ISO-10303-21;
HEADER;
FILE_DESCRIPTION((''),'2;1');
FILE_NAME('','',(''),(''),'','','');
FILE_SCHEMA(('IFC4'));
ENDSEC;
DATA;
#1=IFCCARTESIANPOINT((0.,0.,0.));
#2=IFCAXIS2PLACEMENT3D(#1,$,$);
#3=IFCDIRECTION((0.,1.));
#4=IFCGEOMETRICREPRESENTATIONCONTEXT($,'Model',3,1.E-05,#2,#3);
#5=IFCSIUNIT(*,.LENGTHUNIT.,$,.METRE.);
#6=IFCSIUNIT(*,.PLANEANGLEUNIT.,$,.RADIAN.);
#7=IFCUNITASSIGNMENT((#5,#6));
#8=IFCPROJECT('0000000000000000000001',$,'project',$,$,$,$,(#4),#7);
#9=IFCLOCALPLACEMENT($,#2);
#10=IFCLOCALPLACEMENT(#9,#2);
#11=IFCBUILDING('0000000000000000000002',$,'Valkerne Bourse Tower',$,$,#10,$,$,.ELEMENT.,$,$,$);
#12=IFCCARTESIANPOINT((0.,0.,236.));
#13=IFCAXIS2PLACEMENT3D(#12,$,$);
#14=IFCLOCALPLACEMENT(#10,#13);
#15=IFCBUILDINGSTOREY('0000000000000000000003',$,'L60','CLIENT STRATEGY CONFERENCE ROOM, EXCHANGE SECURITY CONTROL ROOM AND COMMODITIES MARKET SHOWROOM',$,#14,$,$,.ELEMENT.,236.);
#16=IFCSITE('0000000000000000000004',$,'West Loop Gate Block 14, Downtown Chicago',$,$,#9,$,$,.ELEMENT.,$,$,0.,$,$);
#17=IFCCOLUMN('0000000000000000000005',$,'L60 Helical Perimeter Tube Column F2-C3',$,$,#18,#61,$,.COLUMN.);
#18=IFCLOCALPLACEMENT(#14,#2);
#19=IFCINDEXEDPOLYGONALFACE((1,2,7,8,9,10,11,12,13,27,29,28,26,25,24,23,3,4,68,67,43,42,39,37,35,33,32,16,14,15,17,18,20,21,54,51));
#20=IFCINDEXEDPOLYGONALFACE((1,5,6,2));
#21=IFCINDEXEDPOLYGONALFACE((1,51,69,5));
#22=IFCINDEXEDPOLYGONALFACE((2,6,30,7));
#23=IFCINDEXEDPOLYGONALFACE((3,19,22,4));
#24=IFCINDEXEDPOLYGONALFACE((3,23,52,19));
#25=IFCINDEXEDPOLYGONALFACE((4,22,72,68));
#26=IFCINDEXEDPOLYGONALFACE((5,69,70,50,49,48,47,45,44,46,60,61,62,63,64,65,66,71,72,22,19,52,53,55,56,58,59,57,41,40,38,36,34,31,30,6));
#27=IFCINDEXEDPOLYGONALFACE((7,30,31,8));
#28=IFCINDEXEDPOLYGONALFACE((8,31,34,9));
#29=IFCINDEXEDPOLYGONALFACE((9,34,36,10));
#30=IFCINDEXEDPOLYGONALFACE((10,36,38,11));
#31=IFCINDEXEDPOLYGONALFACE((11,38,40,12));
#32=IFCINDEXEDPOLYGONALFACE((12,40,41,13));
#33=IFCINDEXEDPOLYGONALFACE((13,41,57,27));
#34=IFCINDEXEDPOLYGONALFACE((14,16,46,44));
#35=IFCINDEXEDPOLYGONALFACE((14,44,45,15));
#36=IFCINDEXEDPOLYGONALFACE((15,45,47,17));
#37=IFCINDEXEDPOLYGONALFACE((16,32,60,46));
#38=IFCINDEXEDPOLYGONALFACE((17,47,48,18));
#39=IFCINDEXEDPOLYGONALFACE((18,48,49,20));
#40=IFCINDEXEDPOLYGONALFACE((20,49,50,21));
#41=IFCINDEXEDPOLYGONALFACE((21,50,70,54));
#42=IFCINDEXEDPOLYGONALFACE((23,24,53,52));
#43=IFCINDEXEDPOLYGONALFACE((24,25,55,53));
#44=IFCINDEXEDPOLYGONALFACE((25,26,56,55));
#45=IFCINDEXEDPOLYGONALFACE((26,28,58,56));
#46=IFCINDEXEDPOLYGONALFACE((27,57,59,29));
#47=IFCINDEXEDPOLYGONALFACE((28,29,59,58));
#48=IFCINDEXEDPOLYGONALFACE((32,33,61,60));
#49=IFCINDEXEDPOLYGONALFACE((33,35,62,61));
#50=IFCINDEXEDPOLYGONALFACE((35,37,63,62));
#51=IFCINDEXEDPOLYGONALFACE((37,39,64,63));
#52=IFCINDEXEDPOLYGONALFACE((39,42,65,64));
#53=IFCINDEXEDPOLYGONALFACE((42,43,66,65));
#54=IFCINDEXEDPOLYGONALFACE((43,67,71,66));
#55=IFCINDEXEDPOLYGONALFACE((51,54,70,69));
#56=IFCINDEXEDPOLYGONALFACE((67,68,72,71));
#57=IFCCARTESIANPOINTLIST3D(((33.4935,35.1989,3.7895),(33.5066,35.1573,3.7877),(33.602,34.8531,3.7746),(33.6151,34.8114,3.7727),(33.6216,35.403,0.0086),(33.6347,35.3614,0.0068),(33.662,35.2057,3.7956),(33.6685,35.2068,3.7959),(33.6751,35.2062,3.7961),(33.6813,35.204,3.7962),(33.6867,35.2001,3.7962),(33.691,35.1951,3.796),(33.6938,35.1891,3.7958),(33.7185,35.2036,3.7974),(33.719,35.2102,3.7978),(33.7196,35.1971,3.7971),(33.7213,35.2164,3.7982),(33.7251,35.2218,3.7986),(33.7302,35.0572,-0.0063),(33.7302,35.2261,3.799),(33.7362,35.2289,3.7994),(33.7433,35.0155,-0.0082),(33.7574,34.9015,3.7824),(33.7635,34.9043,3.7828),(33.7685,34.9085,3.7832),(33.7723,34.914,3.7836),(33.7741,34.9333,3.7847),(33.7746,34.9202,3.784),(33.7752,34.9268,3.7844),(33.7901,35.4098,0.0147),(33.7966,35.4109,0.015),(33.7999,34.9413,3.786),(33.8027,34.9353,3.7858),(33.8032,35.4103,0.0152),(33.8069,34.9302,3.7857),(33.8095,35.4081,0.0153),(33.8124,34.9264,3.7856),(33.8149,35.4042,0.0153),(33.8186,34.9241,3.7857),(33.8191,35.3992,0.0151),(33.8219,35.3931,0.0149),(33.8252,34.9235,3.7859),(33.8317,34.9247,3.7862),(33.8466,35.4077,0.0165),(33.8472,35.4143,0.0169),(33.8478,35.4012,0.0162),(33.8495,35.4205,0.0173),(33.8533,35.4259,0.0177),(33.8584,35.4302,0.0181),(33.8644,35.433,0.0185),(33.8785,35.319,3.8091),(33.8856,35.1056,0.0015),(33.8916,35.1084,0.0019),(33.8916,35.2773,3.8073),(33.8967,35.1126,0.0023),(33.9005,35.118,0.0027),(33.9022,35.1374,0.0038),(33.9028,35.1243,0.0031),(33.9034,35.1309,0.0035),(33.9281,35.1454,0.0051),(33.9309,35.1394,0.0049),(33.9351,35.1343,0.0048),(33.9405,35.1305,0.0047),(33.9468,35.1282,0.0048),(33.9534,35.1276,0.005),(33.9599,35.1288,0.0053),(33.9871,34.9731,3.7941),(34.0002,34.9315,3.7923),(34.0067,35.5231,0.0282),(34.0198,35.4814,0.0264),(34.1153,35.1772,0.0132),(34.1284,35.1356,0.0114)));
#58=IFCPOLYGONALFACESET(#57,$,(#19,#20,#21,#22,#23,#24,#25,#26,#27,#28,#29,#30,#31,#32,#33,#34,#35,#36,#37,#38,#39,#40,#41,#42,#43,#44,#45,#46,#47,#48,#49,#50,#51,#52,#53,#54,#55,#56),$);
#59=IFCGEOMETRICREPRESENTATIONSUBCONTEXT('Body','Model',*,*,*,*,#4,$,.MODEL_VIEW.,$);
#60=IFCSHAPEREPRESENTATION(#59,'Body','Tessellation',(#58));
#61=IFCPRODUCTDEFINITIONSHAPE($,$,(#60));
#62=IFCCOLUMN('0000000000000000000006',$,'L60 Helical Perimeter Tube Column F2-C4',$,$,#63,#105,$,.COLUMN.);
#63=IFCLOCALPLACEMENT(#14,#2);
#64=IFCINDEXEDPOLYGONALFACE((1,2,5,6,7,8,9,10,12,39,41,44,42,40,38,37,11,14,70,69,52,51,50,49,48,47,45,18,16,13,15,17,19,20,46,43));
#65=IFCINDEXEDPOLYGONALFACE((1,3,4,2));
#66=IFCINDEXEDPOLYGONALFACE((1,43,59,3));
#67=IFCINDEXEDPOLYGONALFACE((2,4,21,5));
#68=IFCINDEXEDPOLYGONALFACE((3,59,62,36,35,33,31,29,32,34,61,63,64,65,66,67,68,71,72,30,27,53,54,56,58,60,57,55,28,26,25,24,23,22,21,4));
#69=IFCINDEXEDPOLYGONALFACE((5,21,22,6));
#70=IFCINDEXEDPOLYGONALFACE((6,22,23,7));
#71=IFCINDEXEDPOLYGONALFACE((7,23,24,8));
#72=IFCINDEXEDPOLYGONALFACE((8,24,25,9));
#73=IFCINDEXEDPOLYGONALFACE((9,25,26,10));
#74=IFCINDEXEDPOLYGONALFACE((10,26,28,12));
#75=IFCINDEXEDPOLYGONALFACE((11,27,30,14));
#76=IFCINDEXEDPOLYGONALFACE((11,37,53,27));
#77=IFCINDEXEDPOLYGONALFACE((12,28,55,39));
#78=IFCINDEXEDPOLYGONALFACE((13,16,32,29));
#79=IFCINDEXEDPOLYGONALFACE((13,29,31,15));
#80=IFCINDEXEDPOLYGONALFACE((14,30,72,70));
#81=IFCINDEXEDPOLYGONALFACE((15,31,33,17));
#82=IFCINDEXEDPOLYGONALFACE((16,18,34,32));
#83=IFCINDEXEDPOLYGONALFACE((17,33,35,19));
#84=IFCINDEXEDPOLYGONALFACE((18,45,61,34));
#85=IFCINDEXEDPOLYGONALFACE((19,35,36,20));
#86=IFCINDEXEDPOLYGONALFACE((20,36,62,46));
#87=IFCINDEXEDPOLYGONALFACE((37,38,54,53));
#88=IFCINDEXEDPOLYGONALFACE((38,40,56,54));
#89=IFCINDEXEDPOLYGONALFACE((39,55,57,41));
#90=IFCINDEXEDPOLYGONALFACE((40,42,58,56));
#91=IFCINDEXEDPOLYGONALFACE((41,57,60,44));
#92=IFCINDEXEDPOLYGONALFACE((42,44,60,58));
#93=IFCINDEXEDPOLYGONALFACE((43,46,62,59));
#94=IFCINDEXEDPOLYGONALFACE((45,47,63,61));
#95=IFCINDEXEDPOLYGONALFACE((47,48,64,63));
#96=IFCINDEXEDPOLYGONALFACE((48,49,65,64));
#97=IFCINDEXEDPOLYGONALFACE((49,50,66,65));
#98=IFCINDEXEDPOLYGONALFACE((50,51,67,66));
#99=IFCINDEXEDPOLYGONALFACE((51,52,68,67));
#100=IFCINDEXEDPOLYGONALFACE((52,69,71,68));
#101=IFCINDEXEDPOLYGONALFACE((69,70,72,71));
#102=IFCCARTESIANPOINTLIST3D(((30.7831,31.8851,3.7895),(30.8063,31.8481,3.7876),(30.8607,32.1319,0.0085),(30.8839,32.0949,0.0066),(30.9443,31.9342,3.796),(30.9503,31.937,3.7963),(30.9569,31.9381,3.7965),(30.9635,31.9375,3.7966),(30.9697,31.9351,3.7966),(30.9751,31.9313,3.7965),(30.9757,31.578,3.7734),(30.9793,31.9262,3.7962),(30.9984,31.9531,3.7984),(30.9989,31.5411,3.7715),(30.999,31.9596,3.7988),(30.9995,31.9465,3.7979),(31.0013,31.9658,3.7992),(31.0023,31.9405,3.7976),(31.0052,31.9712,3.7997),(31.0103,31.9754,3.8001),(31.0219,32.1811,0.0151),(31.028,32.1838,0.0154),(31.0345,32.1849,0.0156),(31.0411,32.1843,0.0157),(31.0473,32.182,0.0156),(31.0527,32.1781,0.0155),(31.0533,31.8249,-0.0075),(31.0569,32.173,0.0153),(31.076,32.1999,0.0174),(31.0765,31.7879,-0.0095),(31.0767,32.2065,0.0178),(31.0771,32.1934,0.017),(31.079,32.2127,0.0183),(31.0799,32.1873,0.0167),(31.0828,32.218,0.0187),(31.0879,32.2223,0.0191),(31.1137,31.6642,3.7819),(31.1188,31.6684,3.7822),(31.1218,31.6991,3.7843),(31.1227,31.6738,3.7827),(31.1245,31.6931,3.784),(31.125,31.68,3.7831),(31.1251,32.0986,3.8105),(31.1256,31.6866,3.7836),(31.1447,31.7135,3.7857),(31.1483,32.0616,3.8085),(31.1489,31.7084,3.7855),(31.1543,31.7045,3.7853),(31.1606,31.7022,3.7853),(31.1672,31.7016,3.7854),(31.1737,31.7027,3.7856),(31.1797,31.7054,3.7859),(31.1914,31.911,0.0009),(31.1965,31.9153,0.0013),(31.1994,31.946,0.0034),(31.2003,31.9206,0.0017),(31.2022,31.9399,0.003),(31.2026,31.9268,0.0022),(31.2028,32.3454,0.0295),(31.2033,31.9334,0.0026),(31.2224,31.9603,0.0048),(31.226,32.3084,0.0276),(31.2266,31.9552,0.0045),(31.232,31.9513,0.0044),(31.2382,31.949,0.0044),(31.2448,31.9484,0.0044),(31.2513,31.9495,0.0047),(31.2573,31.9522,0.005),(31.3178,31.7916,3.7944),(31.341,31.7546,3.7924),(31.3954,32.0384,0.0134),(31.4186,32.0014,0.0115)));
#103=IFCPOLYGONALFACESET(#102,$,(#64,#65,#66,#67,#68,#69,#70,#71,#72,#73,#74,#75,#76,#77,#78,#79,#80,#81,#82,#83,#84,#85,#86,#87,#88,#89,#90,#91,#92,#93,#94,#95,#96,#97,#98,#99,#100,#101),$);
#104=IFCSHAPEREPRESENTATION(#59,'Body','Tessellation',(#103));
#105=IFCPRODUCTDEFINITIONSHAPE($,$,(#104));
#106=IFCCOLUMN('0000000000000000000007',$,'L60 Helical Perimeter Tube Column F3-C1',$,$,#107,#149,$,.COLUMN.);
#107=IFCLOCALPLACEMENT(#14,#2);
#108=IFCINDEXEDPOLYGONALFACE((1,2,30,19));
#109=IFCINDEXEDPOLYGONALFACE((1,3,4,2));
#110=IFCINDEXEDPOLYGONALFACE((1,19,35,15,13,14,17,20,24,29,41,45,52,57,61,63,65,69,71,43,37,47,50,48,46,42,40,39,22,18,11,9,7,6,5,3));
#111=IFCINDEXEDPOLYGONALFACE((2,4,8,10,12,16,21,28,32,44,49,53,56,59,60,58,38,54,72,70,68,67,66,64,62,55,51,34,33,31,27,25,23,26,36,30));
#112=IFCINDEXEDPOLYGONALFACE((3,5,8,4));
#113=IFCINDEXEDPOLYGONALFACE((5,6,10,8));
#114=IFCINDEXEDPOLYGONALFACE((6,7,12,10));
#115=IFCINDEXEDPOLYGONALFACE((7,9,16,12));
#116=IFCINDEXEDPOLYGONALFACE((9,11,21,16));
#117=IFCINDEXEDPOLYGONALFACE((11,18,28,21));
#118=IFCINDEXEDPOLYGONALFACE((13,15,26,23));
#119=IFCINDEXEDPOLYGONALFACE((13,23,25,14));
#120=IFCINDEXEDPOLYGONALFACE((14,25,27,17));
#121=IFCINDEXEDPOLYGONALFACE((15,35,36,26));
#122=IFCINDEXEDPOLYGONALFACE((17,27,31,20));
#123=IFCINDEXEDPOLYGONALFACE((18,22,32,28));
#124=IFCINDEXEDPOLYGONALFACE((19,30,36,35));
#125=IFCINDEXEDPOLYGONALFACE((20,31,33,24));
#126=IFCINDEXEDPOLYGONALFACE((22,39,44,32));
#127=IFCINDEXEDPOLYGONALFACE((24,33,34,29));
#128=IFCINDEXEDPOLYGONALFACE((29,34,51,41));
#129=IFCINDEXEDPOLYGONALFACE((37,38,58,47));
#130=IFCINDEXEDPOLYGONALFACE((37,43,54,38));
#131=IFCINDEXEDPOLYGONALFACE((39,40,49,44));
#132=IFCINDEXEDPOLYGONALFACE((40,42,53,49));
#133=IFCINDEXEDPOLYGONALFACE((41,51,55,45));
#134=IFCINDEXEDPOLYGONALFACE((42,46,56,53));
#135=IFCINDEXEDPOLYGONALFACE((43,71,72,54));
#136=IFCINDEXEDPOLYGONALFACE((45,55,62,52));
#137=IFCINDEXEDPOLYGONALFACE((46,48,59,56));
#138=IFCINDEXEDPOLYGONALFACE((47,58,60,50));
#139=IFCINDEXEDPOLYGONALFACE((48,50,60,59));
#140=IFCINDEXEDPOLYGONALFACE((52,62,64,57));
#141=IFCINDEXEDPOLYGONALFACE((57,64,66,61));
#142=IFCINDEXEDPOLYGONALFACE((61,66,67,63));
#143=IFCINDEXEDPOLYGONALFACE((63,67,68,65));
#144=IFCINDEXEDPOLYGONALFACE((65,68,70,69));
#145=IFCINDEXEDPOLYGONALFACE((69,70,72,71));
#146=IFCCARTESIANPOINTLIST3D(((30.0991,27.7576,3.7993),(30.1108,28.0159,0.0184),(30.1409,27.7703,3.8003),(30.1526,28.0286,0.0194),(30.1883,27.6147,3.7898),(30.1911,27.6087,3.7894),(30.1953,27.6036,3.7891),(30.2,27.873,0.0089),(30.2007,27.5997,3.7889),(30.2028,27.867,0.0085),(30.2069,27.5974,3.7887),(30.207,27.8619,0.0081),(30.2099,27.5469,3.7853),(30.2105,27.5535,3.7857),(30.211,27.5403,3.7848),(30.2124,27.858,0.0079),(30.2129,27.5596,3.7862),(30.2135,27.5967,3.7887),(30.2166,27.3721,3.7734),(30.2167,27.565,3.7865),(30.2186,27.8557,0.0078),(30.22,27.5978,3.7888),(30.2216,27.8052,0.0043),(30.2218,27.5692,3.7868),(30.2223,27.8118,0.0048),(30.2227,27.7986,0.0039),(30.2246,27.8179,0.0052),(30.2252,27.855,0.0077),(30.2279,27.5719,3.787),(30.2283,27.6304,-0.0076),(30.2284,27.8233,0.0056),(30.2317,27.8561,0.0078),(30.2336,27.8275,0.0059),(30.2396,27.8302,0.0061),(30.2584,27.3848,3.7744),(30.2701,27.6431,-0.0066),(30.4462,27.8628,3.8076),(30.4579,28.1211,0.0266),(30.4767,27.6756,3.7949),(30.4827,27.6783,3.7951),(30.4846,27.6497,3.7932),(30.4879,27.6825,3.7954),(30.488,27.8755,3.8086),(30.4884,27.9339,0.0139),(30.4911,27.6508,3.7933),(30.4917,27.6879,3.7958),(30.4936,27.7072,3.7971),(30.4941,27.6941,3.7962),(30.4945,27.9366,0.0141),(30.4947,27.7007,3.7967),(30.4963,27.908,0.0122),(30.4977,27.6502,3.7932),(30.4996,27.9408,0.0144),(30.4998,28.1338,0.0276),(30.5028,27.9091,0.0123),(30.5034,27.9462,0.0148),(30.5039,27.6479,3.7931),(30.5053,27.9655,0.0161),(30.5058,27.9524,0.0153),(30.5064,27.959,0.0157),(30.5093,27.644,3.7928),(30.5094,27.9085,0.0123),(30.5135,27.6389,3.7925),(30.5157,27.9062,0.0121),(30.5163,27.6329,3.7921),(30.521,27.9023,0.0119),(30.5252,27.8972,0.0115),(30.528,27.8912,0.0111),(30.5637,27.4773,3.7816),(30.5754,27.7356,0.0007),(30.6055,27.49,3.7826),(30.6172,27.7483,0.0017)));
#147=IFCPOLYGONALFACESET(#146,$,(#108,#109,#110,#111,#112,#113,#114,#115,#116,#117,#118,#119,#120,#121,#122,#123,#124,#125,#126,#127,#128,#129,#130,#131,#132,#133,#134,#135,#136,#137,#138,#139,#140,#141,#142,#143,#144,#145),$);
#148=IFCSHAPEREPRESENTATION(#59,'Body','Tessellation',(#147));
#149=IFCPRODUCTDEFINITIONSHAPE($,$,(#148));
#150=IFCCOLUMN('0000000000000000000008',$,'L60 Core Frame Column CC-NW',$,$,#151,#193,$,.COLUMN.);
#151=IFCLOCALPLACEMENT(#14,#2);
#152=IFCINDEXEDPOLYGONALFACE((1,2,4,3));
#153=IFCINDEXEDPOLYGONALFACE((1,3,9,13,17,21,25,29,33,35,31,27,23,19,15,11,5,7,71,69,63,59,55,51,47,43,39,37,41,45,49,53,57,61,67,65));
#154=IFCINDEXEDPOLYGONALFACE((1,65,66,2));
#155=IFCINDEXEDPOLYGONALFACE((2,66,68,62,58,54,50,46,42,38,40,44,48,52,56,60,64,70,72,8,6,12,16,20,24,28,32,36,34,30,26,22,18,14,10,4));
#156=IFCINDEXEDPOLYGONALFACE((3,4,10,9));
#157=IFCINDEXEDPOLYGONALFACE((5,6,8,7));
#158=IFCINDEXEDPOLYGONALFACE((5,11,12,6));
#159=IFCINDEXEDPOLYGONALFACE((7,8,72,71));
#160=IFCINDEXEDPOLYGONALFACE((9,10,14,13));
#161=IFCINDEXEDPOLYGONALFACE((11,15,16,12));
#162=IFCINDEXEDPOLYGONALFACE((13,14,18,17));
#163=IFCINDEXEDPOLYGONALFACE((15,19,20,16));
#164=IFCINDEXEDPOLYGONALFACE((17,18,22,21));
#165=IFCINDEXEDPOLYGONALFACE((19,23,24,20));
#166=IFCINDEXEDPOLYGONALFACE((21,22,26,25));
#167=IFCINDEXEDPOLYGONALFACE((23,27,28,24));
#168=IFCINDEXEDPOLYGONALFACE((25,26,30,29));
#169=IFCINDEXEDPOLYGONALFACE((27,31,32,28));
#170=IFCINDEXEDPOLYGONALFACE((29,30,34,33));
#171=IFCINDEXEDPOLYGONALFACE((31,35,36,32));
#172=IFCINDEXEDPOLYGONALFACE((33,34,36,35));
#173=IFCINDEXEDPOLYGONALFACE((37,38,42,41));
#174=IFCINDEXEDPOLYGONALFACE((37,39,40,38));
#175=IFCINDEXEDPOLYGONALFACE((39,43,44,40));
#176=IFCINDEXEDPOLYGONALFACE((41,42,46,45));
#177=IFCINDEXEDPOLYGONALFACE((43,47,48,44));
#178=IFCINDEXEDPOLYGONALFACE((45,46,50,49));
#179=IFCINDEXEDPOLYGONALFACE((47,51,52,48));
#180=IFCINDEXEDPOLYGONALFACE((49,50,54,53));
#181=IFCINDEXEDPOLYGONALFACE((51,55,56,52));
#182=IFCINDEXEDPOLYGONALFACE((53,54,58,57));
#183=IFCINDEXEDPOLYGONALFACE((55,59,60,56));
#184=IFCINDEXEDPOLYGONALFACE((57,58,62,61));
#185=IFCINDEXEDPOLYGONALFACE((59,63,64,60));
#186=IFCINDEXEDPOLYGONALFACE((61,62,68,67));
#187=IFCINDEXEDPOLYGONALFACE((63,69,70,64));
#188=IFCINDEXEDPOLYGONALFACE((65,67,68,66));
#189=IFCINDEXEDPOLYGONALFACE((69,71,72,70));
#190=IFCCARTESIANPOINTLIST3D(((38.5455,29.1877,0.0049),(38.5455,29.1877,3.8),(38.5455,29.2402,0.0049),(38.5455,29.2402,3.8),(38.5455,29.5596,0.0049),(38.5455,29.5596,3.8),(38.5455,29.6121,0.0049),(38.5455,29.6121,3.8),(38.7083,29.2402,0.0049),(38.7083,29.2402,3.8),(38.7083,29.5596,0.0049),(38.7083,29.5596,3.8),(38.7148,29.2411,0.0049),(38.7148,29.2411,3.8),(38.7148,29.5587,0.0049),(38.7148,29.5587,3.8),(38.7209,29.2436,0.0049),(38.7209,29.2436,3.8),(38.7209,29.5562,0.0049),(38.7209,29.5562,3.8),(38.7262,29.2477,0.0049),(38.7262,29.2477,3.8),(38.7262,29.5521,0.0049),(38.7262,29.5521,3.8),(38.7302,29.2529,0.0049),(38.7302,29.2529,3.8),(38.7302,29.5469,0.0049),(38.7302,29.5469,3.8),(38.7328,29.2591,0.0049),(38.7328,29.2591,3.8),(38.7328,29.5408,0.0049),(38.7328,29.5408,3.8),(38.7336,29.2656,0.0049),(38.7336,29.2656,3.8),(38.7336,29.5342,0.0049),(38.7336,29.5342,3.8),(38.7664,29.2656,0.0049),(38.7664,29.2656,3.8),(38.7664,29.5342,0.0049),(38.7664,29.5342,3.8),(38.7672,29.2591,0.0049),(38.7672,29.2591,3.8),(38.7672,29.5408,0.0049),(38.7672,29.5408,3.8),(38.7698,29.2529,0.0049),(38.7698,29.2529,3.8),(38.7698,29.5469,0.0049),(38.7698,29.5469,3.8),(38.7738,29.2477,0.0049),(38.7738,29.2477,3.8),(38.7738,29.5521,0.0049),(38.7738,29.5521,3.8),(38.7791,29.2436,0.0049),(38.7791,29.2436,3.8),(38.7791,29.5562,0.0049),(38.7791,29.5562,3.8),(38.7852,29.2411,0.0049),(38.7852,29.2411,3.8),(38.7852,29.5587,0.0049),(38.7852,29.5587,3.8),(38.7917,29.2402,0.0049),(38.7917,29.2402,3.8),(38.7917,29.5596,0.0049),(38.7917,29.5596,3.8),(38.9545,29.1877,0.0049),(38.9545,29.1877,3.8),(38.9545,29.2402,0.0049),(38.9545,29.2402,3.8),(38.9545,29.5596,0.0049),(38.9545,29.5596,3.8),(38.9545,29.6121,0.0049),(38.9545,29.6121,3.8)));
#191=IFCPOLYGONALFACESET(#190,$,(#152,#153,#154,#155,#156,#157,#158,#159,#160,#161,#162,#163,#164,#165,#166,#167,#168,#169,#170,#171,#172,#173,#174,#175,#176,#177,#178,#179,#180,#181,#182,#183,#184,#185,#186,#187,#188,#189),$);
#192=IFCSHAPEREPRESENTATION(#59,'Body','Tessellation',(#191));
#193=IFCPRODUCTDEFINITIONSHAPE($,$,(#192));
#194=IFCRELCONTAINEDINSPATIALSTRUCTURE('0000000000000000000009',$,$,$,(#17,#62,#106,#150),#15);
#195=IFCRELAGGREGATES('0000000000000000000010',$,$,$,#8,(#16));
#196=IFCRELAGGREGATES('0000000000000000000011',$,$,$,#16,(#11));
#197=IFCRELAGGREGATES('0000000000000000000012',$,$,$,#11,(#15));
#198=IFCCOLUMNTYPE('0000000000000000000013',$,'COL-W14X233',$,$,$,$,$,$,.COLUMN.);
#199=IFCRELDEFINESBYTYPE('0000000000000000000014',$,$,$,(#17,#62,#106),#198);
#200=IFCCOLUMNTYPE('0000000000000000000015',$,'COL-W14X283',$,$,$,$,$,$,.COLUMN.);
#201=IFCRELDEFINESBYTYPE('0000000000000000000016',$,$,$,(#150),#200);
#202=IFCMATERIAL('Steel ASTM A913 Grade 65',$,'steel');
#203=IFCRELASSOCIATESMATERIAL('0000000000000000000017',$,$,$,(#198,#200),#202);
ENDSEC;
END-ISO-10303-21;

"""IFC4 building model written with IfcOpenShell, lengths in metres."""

from ifc_helpers import new_model, si_unit, direction, frame, origin, origin_2d, place, context, subcontext, project, spatial, i_section, extrude, material, material_profile, profile_set, type_object, element, save


model = new_model("IFC4")

# Units and contexts
model_context = context("Model", 3, precision=1e-05, world=origin(), true_north=direction((0.0, 1.0)))
body_context = subcontext(model_context, "Body", "Model", "MODEL_VIEW")
ifc_project = project(units=[si_unit("LENGTHUNIT", "METRE"), si_unit("PLANEANGLEUNIT", "RADIAN")], contexts=[model_context])

# Site, building, storey
site_placement = place(None, origin())
site = spatial("IfcSite", under=ifc_project, at=site_placement, Name="West Loop Gate Block 14, Downtown Chicago", CompositionType="ELEMENT", RefElevation=0.0)
building_placement = place(site_placement, origin())
building = spatial("IfcBuilding", under=site, at=building_placement, Name="Valkerne Bourse Tower", CompositionType="ELEMENT")
storey_placement = place(building_placement, frame((0.0, 0.0, 236.0)))
storey = spatial("IfcBuildingStorey", under=building, at=storey_placement, Name="L60", Description="CLIENT STRATEGY CONFERENCE ROOM, EXCHANGE SECURITY CONTROL ROOM AND COMMODITIES MARKET SHOWROOM", CompositionType="ELEMENT", Elevation=236.0)

# Columns
ifc_material_1 = material(Name="Steel ASTM A913 Grade 65", Category="steel")
ifc_material_profile_1 = material_profile(ifc_material_1, i_section(OverallWidth=0.4038, OverallDepth=0.4065, WebThickness=0.0271, FlangeThickness=0.0437, FilletRadius=0.0254, at=origin_2d()), Name="W14X233")
ifc_profile_set_1 = profile_set([ifc_material_profile_1], Name="Steel ASTM A913 Grade 65")
column_type_1 = type_object("IfcColumnType", Name="COL-W14X233", PredefinedType="COLUMN", material=ifc_profile_set_1)
column_1_placement = place(storey_placement, frame((33.875, 35.2693, 0.01), z_axis=(-0.033831, -0.053871, 0.997975), x_axis=(-0.95357, -0.297263, -0.048372)))
element("IfcColumn", 1, at=column_1_placement, inside=storey, type_object=column_type_1, Name="L60 Helical Perimeter Tube Column F2-C3", PredefinedType="COLUMN", context=body_context, shape_type="SweptSolid", body=[
    extrude(i_section(OverallWidth=0.4038, OverallDepth=0.4065, WebThickness=0.0271, FlangeThickness=0.0437, FilletRadius=0.0254, at=origin_2d()), origin(), (0.0, 0.0, 1.0), 3.7886),
])
for number, where, z_axis, x_axis, name in (
    (2, (31.1396, 32.0667, 0.01), (-0.020485, -0.065128, 0.997667), (-0.84715, -0.528812, -0.051916), "L60 Helical Perimeter Tube Column F2-C4"),
    (3, (30.364, 27.8821, 0.01), (-0.003092, -0.068156, 0.99767), (0.290841, -0.954607, -0.064313), "L60 Helical Perimeter Tube Column F3-C1"),
):
    element("IfcColumn", number, at=place(storey_placement, frame(where, z_axis=z_axis, x_axis=x_axis)), inside=storey, type_object=column_type_1, Name=name, PredefinedType="COLUMN", context=body_context, shape_type="SweptSolid", body=[
        extrude(i_section(OverallWidth=0.4038, OverallDepth=0.4065, WebThickness=0.0271, FlangeThickness=0.0437, FilletRadius=0.0254, at=origin_2d()), origin(), (0.0, 0.0, 1.0), 3.7898),
    ])
ifc_material_profile_2 = material_profile(ifc_material_1, i_section(OverallWidth=0.4089, OverallDepth=0.4243, WebThickness=0.0327, FlangeThickness=0.0525, FilletRadius=0.0254, at=origin_2d()), Name="W14X283")
ifc_profile_set_2 = profile_set([ifc_material_profile_2], Name="Steel ASTM A913 Grade 65")
column_type_2 = type_object("IfcColumnType", Name="COL-W14X283", PredefinedType="COLUMN", material=ifc_profile_set_2)
column_2_placement = place(storey_placement, frame((38.75, 29.3999, 0.0049), z_axis=(0.0, 0.0, 1.0), x_axis=(1.0, 0.0, 0.0)))
element("IfcColumn", 4, at=column_2_placement, inside=storey, type_object=column_type_2, Name="L60 Core Frame Column CC-NW", PredefinedType="COLUMN", context=body_context, shape_type="SweptSolid", body=[
    extrude(i_section(OverallWidth=0.4089, OverallDepth=0.4243, WebThickness=0.0327, FlangeThickness=0.0525, FilletRadius=0.0254, at=origin_2d()), origin(), (0.0, 0.0, 1.0), 3.7952),
])

save(model, "model.ifc")
